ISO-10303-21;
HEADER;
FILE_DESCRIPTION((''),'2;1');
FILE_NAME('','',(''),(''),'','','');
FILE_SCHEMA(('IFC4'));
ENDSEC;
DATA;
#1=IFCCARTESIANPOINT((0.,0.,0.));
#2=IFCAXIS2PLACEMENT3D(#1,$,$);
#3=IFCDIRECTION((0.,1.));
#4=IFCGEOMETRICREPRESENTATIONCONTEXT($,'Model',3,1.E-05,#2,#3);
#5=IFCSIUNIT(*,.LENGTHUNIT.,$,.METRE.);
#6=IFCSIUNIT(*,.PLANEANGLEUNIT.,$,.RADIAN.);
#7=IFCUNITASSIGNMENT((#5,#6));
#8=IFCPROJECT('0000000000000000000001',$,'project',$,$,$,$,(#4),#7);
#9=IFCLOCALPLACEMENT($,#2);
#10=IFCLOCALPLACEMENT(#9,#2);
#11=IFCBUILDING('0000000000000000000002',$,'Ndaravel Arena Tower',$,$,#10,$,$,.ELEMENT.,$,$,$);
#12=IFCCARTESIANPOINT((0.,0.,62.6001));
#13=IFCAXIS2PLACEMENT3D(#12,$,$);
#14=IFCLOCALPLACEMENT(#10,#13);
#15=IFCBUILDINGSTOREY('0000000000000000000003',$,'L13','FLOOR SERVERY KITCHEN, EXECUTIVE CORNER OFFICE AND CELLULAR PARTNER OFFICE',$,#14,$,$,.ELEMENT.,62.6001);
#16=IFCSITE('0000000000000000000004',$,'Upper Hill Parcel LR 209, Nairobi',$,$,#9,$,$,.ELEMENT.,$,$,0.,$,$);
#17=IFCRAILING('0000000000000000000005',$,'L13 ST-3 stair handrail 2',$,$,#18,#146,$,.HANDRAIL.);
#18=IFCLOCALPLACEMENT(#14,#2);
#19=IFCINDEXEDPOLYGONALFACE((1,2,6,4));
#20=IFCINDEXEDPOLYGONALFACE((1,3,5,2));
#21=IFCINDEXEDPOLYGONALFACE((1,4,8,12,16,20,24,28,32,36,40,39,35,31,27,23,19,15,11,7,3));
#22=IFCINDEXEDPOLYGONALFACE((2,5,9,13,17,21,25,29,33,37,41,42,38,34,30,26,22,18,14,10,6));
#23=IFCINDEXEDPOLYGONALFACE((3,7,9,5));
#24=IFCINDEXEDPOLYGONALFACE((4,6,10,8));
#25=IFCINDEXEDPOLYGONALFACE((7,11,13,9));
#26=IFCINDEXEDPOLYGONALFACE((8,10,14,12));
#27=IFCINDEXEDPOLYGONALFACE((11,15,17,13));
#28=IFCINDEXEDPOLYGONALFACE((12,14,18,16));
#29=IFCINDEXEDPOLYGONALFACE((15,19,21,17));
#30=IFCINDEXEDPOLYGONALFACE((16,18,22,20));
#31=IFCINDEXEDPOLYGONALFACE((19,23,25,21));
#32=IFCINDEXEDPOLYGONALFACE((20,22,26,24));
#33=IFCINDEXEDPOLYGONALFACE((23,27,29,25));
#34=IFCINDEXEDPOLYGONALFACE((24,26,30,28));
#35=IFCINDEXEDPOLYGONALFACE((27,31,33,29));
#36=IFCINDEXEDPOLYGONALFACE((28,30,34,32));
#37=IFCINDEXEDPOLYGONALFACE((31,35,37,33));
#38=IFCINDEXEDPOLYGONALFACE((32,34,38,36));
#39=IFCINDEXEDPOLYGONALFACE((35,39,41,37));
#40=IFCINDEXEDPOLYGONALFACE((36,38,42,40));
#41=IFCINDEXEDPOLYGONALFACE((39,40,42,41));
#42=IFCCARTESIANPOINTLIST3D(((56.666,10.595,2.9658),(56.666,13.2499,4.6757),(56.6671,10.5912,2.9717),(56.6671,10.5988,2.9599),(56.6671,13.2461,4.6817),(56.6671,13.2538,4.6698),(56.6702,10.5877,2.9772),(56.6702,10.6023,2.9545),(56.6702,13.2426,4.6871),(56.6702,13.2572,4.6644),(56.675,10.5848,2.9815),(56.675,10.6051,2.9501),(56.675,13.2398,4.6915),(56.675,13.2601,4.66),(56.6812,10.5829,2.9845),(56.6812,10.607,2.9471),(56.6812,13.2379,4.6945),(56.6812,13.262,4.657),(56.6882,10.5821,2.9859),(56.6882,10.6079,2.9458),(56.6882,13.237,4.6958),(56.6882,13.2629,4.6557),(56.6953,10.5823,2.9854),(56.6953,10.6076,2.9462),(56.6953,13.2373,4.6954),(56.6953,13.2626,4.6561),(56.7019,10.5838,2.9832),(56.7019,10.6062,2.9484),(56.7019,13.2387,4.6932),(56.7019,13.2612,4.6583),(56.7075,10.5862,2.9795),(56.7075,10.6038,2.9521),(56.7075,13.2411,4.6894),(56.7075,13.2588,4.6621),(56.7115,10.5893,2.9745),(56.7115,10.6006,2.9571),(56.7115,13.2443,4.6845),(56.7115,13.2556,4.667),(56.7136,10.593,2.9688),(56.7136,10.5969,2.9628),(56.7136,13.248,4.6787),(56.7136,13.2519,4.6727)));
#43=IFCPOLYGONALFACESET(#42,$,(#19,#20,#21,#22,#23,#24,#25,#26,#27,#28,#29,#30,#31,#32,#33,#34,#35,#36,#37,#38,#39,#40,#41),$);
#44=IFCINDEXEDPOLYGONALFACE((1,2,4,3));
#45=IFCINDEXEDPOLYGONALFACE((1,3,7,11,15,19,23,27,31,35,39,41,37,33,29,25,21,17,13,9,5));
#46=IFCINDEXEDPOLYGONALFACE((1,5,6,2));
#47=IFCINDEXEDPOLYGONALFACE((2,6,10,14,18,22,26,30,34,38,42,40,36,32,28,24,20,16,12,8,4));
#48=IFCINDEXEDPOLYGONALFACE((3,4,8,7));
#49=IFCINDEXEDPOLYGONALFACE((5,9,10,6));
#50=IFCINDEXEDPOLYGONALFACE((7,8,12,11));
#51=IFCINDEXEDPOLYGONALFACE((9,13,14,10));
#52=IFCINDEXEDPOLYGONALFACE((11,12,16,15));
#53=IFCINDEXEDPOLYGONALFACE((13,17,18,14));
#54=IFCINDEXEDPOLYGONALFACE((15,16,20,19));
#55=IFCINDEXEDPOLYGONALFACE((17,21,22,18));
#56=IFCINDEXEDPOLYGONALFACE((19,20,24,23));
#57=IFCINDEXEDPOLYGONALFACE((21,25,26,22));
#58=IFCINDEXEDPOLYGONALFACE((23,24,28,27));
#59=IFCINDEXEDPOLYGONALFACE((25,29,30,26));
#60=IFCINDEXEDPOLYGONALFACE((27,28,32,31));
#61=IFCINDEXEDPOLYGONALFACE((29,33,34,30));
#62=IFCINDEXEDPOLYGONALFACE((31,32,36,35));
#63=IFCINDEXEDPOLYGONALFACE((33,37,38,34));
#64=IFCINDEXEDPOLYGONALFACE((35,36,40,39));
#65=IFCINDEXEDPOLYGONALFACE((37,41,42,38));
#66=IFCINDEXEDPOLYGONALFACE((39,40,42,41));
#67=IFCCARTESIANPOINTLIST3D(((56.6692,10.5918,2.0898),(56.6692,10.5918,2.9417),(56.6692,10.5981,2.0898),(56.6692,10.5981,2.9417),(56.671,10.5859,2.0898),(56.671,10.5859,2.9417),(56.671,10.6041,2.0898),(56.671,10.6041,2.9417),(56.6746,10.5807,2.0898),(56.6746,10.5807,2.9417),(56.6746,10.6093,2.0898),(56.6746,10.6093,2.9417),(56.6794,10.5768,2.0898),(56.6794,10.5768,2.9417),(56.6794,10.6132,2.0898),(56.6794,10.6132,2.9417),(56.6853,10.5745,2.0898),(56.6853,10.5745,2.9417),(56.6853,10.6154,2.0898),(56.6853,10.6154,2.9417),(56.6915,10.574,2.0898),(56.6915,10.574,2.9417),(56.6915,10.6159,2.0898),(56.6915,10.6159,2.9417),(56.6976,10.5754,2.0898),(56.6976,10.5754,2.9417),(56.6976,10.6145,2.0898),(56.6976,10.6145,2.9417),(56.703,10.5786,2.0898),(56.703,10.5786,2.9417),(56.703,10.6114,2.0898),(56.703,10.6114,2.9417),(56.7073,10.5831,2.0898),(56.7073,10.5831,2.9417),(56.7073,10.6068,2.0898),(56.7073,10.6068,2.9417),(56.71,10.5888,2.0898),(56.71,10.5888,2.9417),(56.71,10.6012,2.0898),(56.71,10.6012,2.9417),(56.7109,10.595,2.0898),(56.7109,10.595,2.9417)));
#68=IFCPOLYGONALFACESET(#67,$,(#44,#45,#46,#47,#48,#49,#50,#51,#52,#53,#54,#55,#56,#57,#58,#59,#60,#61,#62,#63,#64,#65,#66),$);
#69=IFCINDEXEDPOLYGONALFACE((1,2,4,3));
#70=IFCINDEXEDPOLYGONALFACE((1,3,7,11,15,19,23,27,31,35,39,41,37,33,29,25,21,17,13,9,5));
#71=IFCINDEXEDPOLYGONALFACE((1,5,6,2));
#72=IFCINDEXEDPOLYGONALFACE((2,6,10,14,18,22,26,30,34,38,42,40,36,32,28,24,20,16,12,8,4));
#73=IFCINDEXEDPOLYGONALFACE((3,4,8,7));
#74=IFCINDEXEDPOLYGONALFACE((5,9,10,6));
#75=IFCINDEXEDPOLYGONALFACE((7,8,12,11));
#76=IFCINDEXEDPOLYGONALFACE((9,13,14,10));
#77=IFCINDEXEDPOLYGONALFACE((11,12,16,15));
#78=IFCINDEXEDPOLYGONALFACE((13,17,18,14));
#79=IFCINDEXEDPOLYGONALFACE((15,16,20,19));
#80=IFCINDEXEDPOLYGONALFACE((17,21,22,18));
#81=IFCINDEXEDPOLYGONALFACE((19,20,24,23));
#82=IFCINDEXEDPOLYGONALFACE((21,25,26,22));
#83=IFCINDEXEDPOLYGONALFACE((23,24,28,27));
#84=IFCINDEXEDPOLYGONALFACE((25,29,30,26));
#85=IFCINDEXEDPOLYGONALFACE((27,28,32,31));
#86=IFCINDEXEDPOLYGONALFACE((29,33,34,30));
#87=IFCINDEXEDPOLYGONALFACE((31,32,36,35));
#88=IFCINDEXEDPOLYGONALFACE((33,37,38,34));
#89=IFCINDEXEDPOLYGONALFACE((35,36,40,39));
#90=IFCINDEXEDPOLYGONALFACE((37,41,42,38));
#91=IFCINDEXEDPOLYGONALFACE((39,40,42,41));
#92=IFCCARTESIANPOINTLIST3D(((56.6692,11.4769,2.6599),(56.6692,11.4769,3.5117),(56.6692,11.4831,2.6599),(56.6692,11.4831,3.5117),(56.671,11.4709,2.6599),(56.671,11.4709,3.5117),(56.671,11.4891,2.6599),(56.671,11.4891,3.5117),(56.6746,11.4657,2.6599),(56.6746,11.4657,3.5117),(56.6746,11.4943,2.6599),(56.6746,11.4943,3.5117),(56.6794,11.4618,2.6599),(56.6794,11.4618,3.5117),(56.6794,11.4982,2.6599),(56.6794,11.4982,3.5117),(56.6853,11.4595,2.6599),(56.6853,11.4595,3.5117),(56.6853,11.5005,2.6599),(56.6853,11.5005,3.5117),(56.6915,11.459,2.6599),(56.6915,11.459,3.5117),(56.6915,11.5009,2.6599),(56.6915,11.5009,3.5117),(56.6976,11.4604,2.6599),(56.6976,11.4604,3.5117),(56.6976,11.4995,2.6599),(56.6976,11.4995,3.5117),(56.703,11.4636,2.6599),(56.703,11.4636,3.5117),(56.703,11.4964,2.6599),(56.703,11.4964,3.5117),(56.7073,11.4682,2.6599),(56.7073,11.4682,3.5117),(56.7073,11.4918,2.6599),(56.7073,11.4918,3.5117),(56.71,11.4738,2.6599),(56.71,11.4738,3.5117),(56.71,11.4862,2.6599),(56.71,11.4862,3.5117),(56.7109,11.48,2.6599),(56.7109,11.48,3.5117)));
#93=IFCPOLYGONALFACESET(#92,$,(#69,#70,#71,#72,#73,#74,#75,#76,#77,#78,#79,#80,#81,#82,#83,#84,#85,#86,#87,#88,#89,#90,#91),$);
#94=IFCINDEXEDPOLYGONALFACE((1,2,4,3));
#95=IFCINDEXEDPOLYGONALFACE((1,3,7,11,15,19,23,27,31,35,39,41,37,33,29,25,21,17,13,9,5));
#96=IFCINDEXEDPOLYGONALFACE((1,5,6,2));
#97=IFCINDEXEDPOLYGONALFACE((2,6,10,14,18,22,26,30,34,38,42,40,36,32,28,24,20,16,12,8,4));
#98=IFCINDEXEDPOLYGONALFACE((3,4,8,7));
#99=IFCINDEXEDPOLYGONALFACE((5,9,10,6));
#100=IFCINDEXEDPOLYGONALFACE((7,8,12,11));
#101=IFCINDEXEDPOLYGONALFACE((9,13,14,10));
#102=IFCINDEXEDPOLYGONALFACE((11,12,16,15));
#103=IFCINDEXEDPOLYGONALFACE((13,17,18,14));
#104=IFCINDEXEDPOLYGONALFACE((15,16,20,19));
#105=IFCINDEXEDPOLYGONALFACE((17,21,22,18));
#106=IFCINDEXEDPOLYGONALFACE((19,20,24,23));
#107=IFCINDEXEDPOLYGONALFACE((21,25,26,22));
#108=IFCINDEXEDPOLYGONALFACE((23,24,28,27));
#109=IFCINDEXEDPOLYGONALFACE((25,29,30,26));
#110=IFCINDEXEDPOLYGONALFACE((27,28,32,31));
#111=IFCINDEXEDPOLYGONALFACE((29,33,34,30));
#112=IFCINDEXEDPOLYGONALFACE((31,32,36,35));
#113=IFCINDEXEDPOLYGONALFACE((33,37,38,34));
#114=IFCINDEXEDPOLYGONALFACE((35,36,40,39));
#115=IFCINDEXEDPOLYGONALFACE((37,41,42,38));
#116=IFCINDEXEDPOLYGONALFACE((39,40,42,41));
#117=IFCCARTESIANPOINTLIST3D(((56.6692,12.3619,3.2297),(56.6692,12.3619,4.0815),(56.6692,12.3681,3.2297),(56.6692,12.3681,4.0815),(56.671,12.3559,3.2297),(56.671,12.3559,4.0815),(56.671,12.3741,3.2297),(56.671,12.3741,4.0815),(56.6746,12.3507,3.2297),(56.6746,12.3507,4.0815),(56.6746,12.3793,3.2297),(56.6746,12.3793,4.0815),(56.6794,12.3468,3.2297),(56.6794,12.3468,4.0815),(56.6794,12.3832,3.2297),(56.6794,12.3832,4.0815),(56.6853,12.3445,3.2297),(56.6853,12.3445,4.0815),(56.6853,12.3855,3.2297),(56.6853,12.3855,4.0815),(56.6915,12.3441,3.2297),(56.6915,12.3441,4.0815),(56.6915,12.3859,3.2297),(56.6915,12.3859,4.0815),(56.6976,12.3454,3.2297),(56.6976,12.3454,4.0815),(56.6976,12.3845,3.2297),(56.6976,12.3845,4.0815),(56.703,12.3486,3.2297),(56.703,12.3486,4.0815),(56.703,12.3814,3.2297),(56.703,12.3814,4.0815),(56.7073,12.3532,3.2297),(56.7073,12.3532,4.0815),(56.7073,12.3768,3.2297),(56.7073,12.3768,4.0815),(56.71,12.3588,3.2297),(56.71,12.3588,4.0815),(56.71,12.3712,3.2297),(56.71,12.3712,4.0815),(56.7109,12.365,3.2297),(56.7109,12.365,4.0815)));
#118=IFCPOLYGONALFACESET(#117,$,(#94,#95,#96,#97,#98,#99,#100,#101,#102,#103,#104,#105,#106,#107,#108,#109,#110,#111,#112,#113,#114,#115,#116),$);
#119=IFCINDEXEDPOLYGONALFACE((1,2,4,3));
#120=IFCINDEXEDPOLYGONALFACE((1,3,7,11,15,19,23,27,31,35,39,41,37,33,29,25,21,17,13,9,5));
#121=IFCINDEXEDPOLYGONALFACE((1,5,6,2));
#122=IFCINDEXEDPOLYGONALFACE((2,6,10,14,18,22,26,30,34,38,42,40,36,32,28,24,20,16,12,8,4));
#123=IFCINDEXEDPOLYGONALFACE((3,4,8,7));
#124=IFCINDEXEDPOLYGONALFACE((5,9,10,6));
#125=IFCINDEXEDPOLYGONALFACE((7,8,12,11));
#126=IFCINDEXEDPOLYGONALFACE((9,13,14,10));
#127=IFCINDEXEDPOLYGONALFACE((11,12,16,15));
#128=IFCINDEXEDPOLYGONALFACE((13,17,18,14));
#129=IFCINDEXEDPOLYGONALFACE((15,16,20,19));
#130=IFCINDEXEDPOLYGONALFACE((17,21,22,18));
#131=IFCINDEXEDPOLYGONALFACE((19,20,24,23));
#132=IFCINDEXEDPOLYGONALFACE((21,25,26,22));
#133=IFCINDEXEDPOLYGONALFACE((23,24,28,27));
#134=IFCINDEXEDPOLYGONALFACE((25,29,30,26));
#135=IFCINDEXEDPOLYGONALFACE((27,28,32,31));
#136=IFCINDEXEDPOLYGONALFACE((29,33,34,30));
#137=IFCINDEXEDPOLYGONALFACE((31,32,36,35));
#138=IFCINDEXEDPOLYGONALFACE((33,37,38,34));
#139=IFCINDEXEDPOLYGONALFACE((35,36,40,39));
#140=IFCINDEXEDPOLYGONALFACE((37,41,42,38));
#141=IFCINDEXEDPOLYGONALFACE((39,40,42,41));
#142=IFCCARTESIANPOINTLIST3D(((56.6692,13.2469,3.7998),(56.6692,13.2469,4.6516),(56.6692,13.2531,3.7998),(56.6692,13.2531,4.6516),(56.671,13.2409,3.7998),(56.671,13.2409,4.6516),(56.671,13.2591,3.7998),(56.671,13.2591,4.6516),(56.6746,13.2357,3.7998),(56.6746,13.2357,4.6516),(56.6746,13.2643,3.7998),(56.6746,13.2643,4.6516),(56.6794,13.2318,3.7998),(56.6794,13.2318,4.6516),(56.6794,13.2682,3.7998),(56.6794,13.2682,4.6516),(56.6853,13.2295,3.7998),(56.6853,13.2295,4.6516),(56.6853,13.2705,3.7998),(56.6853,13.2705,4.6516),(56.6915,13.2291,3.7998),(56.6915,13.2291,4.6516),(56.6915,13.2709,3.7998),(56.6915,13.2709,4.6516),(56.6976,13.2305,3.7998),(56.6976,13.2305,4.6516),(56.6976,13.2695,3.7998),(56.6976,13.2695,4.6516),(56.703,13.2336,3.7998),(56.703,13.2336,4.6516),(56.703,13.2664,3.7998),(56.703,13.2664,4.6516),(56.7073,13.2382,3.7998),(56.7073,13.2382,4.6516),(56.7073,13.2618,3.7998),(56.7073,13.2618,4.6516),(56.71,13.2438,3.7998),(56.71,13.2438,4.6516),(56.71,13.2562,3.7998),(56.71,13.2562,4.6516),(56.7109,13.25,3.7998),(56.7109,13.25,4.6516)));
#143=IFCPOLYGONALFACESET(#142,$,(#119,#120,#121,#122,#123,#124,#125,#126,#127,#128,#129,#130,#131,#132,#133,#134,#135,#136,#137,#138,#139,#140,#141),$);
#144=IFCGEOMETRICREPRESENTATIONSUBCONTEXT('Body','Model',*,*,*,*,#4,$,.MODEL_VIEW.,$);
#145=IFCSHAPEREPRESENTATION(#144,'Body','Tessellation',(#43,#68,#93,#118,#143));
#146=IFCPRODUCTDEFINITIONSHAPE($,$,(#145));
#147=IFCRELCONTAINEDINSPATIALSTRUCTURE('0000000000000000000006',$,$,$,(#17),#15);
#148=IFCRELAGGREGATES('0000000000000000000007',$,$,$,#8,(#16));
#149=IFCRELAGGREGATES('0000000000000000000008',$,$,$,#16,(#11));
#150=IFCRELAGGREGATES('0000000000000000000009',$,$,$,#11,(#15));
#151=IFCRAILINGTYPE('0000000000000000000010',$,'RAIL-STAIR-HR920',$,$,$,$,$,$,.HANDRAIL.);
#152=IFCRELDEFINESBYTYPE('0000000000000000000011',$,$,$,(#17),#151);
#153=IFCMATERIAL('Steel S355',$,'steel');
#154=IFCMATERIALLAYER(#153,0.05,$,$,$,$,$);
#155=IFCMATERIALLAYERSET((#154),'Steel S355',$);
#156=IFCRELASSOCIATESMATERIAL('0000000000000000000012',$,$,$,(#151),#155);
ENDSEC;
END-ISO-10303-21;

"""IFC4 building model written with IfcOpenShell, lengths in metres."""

from ifc_helpers import new_model, si_unit, direction, frame, origin, origin_2d, place, context, subcontext, project, spatial, circle, extrude, material, layer, layer_set, type_object, element, save


model = new_model("IFC4")

# Units and contexts
model_context = context("Model", 3, precision=1e-05, world=origin(), true_north=direction((0.0, 1.0)))
body_context = subcontext(model_context, "Body", "Model", "MODEL_VIEW")
ifc_project = project(units=[si_unit("LENGTHUNIT", "METRE"), si_unit("PLANEANGLEUNIT", "RADIAN")], contexts=[model_context])

# Site, building, storey
site_placement = place(None, origin())
site = spatial("IfcSite", under=ifc_project, at=site_placement, Name="Upper Hill Parcel LR 209, Nairobi", CompositionType="ELEMENT", RefElevation=0.0)
building_placement = place(site_placement, origin())
building = spatial("IfcBuilding", under=site, at=building_placement, Name="Ndaravel Arena Tower", CompositionType="ELEMENT")
storey_placement = place(building_placement, frame((0.0, 0.0, 62.6001)))
storey = spatial("IfcBuildingStorey", under=building, at=storey_placement, Name="L13", Description="FLOOR SERVERY KITCHEN, EXECUTIVE CORNER OFFICE AND CELLULAR PARTNER OFFICE", CompositionType="ELEMENT", Elevation=62.6001)

# Railing
ifc_material_1 = material(Name="Steel S355", Category="steel")
ifc_layer_1 = layer(ifc_material_1, 0.05)
ifc_layer_set_1 = layer_set([ifc_layer_1], Name="Steel S355")
railing_type_1 = type_object("IfcRailingType", Name="RAIL-STAIR-HR920", PredefinedType="HANDRAIL", material=ifc_layer_set_1)
railing_1_placement = place(storey_placement, frame((56.6899, 10.595, 2.0898)))
element("IfcRailing", 1, at=railing_1_placement, inside=storey, type_object=railing_type_1, Name="L13 ST-3 stair handrail 2", PredefinedType="HANDRAIL", context=body_context, shape_type="SweptSolid", body=[
    extrude(circle(Radius=0.0239, at=origin_2d()), frame((0.0, 0.0, 0.876), z_axis=(0.0, 0.840724, 0.541465), x_axis=(-1.0, 0.0, 0.0)), (0.0, 0.0, 1.0), 3.158),
    extrude(circle(Radius=0.021, at=origin_2d()), origin(), (0.0, 0.0, 1.0), 0.8518),
    extrude(circle(Radius=0.021, at=origin_2d()), frame((0.0, 0.885, 0.5701)), (0.0, 0.0, 1.0), 0.8518),
    extrude(circle(Radius=0.021, at=origin_2d()), frame((0.0, 1.77, 1.1399)), (0.0, 0.0, 1.0), 0.8518),
    extrude(circle(Radius=0.021, at=origin_2d()), frame((0.0, 2.655, 1.71)), (0.0, 0.0, 1.0), 0.8518),
])

save(model, "model.ifc")
